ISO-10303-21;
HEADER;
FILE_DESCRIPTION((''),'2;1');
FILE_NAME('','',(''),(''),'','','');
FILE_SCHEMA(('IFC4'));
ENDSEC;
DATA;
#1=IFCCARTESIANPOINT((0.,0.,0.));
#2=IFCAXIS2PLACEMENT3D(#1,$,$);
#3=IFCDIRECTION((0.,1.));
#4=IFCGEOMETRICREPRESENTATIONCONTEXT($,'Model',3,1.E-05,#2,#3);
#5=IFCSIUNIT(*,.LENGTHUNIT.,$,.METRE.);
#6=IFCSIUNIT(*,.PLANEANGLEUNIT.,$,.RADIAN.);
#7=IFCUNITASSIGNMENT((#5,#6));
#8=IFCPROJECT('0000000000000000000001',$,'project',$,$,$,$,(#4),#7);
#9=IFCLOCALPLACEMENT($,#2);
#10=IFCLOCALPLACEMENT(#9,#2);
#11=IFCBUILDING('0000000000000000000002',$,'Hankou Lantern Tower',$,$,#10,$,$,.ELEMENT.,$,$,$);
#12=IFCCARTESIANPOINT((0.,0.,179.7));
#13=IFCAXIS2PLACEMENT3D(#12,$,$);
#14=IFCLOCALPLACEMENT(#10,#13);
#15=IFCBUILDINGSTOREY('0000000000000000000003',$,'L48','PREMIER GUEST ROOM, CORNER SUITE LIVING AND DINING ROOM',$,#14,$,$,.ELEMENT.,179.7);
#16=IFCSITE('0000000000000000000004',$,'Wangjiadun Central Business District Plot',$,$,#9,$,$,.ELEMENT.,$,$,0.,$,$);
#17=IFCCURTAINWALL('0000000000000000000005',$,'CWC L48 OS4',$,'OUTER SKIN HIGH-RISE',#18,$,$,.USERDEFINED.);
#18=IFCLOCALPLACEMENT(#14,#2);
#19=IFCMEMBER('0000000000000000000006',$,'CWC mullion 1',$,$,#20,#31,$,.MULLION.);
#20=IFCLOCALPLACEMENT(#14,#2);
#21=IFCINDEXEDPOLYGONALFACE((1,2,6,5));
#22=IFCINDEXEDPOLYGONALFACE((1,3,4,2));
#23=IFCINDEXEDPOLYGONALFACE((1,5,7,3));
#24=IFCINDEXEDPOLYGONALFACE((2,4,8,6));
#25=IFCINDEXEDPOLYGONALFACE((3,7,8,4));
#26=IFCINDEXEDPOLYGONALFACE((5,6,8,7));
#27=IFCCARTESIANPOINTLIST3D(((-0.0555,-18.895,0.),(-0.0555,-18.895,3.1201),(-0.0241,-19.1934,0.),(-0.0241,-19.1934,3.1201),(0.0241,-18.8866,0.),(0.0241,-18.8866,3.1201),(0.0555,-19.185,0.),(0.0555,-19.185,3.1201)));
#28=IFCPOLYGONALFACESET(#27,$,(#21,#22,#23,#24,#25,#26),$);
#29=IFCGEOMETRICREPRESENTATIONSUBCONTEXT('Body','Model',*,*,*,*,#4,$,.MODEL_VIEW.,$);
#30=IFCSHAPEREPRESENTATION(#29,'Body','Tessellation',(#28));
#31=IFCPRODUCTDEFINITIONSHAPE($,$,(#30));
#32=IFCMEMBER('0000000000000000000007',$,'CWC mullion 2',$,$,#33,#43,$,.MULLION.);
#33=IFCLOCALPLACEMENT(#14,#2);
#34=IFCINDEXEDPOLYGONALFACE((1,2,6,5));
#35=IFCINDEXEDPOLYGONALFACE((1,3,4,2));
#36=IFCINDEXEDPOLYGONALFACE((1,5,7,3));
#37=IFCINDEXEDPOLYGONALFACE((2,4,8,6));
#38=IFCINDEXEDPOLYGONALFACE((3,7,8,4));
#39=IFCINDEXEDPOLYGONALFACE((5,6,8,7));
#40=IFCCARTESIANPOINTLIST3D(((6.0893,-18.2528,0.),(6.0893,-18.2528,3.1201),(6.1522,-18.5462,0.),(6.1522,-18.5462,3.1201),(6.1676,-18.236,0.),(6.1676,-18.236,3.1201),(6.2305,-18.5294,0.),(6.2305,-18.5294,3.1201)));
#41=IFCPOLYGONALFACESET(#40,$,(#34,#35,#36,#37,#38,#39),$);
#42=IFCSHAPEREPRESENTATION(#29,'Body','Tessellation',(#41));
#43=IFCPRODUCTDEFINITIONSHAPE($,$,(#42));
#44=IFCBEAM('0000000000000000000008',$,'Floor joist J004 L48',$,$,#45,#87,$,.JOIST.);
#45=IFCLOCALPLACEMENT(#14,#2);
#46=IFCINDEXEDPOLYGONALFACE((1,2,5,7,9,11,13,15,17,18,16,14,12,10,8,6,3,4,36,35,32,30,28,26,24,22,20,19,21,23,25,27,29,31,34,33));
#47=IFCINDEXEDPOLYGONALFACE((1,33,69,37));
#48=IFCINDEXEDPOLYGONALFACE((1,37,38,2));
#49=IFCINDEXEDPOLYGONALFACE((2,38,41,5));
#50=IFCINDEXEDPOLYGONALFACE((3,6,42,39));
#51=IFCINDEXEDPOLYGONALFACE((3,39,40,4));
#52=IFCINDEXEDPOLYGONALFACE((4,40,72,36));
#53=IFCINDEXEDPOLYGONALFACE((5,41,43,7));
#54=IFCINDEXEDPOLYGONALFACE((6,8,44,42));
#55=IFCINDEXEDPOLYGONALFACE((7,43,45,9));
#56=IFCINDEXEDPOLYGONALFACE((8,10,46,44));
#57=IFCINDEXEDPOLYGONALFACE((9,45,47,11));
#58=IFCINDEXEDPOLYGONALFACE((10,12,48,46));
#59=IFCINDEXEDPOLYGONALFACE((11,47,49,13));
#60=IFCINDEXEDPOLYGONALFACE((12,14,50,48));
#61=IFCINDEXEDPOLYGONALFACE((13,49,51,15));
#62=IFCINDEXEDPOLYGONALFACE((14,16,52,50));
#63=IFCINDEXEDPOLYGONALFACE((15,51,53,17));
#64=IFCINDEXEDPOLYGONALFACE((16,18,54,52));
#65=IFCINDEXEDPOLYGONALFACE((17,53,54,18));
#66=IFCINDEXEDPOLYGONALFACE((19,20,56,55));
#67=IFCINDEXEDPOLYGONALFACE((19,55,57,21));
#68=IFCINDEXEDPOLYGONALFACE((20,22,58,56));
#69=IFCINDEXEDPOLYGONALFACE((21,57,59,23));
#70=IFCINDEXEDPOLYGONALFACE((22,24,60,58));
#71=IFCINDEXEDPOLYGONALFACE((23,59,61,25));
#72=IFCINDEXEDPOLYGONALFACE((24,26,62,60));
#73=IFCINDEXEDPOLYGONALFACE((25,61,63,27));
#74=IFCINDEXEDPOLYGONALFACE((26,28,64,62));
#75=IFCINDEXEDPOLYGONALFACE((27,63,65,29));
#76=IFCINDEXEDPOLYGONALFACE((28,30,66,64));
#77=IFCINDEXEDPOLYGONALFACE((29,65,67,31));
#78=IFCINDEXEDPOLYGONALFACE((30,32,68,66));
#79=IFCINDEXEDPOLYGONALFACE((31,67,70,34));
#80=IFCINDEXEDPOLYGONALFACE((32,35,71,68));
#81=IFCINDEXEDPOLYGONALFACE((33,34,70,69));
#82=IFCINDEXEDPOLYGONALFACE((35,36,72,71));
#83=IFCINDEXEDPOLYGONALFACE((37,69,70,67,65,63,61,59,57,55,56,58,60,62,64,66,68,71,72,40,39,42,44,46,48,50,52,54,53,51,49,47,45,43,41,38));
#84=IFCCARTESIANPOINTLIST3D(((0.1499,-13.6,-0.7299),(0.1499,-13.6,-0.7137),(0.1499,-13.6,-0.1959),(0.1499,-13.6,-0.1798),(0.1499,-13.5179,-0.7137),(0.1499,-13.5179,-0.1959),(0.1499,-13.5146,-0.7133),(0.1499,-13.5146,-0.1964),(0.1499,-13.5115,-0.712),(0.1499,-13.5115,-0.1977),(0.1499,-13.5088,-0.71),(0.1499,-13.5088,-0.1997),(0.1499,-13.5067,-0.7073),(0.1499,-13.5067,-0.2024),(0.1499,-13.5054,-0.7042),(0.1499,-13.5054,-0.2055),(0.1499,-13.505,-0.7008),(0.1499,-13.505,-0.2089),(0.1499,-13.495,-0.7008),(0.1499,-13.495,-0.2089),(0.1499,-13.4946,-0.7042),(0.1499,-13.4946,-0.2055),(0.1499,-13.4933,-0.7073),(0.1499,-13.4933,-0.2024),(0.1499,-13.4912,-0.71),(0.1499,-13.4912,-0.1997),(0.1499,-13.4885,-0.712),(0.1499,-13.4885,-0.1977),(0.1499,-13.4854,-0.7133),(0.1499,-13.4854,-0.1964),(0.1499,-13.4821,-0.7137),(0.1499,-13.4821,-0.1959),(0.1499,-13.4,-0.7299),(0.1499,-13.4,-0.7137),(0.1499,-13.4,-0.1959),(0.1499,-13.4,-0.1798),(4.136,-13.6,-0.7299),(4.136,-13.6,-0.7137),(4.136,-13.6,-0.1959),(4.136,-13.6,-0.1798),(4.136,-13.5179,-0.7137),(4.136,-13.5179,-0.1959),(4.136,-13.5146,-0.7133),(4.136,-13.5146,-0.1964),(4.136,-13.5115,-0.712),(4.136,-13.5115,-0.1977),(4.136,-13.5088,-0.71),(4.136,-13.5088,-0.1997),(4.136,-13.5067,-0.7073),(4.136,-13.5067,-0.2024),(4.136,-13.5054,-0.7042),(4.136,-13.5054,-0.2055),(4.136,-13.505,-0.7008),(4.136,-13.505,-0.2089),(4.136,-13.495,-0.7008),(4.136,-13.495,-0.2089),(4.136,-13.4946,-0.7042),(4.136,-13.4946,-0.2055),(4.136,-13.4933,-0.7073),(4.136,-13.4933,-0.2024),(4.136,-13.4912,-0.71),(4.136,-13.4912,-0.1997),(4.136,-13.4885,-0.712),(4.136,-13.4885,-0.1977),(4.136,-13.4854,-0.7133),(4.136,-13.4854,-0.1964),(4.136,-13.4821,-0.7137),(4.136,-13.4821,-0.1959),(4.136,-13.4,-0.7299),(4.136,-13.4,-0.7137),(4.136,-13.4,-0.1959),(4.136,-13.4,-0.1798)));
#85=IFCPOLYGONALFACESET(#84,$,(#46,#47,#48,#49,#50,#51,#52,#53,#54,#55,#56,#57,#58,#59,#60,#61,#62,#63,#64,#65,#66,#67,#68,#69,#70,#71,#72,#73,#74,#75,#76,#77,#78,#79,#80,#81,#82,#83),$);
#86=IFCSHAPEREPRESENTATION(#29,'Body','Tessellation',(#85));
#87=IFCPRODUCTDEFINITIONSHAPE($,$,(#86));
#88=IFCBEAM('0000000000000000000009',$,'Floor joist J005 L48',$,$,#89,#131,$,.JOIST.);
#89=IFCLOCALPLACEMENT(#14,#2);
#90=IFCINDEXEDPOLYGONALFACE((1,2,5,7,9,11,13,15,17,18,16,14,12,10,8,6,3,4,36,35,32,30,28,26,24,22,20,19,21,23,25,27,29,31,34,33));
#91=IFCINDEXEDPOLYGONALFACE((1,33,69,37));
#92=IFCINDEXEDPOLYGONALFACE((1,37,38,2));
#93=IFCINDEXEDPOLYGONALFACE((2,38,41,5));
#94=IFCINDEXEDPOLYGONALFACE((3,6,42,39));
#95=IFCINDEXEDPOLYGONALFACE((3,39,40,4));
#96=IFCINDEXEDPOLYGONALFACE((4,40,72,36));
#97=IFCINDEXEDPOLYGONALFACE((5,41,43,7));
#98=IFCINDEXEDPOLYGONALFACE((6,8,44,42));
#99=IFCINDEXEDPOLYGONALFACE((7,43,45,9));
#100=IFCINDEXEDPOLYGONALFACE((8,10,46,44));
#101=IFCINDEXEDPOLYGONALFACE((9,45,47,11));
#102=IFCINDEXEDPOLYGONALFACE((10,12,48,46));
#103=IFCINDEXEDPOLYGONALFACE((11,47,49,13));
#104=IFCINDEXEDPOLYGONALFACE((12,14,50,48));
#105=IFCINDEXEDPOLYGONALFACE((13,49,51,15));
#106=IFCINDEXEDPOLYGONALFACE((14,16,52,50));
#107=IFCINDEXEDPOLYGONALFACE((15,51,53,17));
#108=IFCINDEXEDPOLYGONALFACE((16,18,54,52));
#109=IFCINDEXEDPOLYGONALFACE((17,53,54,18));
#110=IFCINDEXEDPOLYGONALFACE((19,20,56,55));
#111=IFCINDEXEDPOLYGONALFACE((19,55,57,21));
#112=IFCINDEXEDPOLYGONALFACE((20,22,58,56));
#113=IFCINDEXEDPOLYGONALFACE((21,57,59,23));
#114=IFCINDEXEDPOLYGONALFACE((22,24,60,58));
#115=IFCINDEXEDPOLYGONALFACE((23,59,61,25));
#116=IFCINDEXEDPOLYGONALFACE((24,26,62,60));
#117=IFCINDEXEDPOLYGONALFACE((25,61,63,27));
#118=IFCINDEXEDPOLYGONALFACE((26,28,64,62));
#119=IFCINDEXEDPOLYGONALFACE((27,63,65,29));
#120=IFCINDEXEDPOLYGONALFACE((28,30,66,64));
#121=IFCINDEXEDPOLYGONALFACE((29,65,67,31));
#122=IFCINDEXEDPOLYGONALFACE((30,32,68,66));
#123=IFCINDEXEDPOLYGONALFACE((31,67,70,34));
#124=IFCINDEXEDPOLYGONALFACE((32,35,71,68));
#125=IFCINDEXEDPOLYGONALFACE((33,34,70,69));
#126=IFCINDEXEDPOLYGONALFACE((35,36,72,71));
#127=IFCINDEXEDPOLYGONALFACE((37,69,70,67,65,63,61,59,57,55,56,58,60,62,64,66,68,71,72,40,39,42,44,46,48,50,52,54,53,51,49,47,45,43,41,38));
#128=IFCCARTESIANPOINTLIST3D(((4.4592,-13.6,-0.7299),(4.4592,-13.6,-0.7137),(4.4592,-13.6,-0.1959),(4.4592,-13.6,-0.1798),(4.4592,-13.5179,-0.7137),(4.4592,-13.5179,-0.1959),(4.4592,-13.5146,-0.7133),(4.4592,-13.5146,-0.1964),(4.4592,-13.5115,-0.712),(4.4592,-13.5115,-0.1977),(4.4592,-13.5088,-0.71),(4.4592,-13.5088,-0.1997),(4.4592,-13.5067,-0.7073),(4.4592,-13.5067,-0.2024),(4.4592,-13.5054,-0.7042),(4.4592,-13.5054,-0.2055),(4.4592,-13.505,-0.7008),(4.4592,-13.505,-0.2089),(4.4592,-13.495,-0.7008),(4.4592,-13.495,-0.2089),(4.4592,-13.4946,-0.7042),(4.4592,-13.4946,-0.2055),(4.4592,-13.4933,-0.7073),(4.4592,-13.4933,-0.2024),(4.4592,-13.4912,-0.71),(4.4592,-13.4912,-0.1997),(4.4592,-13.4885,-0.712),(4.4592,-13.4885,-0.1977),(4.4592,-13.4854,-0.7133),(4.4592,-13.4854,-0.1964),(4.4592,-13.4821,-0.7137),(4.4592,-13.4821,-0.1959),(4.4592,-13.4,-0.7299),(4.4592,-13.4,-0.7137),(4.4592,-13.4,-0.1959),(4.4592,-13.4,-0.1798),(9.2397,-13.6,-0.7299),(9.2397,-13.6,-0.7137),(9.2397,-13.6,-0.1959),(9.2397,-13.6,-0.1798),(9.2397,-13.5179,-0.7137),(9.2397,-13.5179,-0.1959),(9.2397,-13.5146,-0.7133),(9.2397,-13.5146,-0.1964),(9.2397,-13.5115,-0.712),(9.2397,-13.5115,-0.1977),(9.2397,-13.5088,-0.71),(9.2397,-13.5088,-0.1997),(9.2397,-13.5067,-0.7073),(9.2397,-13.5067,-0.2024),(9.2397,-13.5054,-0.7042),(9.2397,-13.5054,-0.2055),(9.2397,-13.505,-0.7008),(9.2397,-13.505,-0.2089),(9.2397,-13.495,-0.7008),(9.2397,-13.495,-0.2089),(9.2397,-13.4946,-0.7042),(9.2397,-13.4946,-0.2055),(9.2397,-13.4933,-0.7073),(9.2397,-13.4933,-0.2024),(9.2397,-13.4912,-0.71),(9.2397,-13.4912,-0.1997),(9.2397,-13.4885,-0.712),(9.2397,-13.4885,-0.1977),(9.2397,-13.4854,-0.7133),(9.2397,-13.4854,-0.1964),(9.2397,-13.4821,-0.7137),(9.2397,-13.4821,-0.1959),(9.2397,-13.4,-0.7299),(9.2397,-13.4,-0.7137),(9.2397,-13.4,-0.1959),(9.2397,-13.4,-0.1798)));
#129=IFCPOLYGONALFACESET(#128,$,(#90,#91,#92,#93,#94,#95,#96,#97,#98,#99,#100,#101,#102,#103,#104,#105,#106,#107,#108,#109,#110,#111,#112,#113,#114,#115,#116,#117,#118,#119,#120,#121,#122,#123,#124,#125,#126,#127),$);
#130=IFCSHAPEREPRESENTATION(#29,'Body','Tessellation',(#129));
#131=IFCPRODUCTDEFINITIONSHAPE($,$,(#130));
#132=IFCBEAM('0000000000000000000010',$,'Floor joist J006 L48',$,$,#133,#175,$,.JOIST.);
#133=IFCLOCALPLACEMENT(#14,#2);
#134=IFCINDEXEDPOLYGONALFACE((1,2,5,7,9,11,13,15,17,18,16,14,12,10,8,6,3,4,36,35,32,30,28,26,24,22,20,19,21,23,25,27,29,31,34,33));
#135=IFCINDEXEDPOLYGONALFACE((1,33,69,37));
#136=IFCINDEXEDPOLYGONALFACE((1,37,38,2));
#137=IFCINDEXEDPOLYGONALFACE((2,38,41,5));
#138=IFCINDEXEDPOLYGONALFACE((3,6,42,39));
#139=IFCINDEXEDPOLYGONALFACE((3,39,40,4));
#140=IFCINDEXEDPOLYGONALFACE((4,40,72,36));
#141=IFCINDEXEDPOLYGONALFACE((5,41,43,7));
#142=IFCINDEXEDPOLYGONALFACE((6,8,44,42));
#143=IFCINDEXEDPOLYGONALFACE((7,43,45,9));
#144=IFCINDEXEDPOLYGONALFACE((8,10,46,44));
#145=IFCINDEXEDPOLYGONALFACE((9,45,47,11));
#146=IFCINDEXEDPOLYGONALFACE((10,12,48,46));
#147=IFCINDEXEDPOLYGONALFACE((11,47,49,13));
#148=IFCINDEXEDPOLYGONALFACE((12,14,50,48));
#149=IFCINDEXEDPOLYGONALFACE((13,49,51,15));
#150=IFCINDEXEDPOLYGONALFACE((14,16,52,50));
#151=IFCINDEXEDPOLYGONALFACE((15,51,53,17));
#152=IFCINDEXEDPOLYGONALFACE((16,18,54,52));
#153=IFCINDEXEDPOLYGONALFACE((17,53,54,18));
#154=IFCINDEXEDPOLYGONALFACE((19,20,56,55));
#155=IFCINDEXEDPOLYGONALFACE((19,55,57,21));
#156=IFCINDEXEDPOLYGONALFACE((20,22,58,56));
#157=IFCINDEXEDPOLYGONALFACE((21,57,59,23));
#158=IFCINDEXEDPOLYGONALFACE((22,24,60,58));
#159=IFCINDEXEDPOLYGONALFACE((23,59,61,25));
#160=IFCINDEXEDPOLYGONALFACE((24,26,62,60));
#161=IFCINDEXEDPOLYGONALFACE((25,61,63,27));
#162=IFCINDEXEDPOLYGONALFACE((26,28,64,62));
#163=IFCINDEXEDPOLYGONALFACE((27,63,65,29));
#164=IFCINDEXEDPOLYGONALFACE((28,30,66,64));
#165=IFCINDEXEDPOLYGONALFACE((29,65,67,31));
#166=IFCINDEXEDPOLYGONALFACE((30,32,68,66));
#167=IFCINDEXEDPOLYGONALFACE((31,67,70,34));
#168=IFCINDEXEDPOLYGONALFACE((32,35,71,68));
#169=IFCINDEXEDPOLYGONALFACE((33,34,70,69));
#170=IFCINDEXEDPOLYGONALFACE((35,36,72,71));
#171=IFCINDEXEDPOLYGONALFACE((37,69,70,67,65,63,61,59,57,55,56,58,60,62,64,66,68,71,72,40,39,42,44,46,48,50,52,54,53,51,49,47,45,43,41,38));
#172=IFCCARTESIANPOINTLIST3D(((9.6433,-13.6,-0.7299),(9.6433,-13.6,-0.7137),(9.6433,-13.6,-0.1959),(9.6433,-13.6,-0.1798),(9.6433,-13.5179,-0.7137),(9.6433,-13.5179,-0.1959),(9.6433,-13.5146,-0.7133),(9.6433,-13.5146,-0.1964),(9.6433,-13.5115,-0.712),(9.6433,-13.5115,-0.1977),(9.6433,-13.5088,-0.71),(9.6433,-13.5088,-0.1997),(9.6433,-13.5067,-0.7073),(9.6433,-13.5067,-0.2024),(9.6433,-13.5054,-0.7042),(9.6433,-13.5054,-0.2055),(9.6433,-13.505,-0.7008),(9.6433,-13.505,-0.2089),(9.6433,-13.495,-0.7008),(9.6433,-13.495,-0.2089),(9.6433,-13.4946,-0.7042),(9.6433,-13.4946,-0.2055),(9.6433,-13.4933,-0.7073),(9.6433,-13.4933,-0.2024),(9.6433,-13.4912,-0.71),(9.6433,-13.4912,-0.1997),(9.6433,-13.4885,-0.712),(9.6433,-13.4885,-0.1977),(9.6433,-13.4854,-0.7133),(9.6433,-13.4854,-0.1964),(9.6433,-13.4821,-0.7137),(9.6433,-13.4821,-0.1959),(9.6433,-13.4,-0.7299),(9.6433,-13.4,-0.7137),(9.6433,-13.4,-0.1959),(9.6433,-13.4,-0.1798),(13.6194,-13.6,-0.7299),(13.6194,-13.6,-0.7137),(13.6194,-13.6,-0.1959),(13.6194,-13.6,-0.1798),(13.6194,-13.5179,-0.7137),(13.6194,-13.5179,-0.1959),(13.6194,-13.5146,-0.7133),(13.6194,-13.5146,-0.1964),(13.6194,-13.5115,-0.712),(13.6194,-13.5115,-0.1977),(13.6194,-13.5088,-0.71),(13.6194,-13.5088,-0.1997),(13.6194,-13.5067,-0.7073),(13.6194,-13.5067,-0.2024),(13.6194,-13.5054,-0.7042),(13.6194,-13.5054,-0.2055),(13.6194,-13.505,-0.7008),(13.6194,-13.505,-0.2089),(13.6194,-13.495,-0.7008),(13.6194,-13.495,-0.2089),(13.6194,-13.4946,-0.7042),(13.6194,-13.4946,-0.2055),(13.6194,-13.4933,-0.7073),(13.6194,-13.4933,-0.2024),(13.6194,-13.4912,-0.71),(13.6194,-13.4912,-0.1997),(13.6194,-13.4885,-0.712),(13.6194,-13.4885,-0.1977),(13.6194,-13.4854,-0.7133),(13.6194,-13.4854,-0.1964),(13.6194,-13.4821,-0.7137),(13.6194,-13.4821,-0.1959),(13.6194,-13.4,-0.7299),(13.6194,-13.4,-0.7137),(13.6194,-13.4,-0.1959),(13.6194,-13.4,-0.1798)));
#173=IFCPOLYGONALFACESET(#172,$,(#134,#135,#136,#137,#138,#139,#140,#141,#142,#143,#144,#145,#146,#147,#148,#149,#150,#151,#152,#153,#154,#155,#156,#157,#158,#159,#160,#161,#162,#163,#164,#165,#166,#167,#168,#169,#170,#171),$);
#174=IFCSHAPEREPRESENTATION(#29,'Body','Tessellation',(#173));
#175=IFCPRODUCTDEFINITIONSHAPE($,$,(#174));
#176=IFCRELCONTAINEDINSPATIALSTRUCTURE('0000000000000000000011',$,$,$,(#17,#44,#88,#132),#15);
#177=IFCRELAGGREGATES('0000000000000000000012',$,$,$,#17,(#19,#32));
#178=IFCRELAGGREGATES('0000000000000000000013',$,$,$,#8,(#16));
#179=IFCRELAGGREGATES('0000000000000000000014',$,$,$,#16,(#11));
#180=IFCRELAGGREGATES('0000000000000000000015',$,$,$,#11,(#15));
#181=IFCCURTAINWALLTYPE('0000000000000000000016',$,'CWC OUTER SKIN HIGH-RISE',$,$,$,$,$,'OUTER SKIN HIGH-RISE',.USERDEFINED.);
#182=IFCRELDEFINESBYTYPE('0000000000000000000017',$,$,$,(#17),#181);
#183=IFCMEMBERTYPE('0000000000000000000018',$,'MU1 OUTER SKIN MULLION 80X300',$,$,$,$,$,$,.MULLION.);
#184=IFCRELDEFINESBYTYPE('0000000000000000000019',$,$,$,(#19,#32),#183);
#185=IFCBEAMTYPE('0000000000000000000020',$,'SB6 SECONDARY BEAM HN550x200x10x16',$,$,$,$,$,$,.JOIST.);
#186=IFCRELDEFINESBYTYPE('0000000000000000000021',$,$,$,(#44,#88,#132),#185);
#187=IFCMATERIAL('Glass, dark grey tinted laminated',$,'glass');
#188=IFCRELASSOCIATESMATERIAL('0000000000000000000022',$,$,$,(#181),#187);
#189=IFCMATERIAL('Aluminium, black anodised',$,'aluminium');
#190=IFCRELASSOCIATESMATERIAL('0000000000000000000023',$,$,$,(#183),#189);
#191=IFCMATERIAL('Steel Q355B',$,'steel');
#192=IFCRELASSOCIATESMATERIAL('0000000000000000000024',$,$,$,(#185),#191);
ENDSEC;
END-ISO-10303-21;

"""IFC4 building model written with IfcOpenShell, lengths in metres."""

from ifc_helpers import new_model, si_unit, direction, frame, origin, origin_2d, place, context, subcontext, project, spatial, rectangle, i_section, extrude, material, material_profile, profile_set, type_object, element, aggregate, save


model = new_model("IFC4")

# Units and contexts
model_context = context("Model", 3, precision=1e-05, world=origin(), true_north=direction((0.0, 1.0)))
body_context = subcontext(model_context, "Body", "Model", "MODEL_VIEW")
ifc_project = project(units=[si_unit("LENGTHUNIT", "METRE"), si_unit("PLANEANGLEUNIT", "RADIAN")], contexts=[model_context])

# Site, building, storey
site_placement = place(None, origin())
site = spatial("IfcSite", under=ifc_project, at=site_placement, Name="Wangjiadun Central Business District Plot", CompositionType="ELEMENT", RefElevation=0.0)
building_placement = place(site_placement, origin())
building = spatial("IfcBuilding", under=site, at=building_placement, Name="Hankou Lantern Tower", CompositionType="ELEMENT")
storey_placement = place(building_placement, frame((0.0, 0.0, 179.7)))
storey = spatial("IfcBuildingStorey", under=building, at=storey_placement, Name="L48", Description="PREMIER GUEST ROOM, CORNER SUITE LIVING AND DINING ROOM", CompositionType="ELEMENT", Elevation=179.7)

# Curtain wall, members
ifc_material_1 = material(Name="Glass, dark grey tinted laminated", Category="glass")
curtain_wall_type = type_object("IfcCurtainWallType", Name="CWC OUTER SKIN HIGH-RISE", ElementType="OUTER SKIN HIGH-RISE", PredefinedType="USERDEFINED", material=ifc_material_1)
curtain_wall_placement = place(storey_placement, origin())
curtain_wall = element("IfcCurtainWall", 1, at=curtain_wall_placement, inside=storey, type_object=curtain_wall_type, Name="CWC L48 OS4", ObjectType="OUTER SKIN HIGH-RISE", PredefinedType="USERDEFINED")
ifc_material_2 = material(Name="Aluminium, black anodised", Category="aluminium")
ifc_material_profile_1 = material_profile(ifc_material_2, rectangle(XDim=0.0801, YDim=0.3, at=origin_2d()), Name="MU1 80X300")
ifc_profile_set_1 = profile_set([ifc_material_profile_1], Name="Aluminium, black anodised")
member_type_1 = type_object("IfcMemberType", Name="MU1 OUTER SKIN MULLION 80X300", PredefinedType="MULLION", material=ifc_profile_set_1)
member_1_placement = place(storey_placement, frame((0.0, -19.04, 0.0), z_axis=(0.0, 0.0, 1.0), x_axis=(0.994499, 0.104743, 0.0)))
member_1 = element("IfcMember", 2, at=member_1_placement, type_object=member_type_1, Name="CWC mullion 1", PredefinedType="MULLION", context=body_context, shape_type="SweptSolid", body=[
    extrude(rectangle(XDim=0.0801, YDim=0.3, at=origin_2d()), origin(), (0.0, 0.0, 1.0), 3.1201),
])
member_2_placement = place(storey_placement, frame((6.1599, -18.3911, 0.0), z_axis=(0.0, 0.0, 1.0), x_axis=(0.977788, 0.209598, 0.0)))
member_2 = element("IfcMember", 3, at=member_2_placement, type_object=member_type_1, Name="CWC mullion 2", PredefinedType="MULLION", context=body_context, shape_type="SweptSolid", body=[
    extrude(rectangle(XDim=0.0801, YDim=0.3, at=origin_2d()), origin(), (0.0, 0.0, 1.0), 3.1201),
])

# Beams
ifc_material_3 = material(Name="Steel Q355B", Category="steel")
ifc_material_profile_2 = material_profile(ifc_material_3, i_section(OverallWidth=0.2, OverallDepth=0.55, WebThickness=0.01, FlangeThickness=0.0161, FilletRadius=0.0129, at=origin_2d()), Name="HN550x200x10x16")
ifc_profile_set_2 = profile_set([ifc_material_profile_2], Name="Steel Q355B")
beam_type_1 = type_object("IfcBeamType", Name="SB6 SECONDARY BEAM HN550x200x10x16", PredefinedType="JOIST", material=ifc_profile_set_2)
beam_1_placement = place(storey_placement, frame((0.1499, -13.5, -0.4548), z_axis=(1.0, 0.0, 0.0), x_axis=(0.0, 1.0, 0.0)))
element("IfcBeam", 4, at=beam_1_placement, inside=storey, type_object=beam_type_1, Name="Floor joist J004 L48", PredefinedType="JOIST", context=body_context, shape_type="SweptSolid", body=[
    extrude(i_section(OverallWidth=0.2, OverallDepth=0.55, WebThickness=0.01, FlangeThickness=0.0161, FilletRadius=0.0129, at=origin_2d()), origin(), (0.0, 0.0, 1.0), 3.9861),
])
beam_2_placement = place(storey_placement, frame((4.4592, -13.5, -0.4548), z_axis=(1.0, 0.0, 0.0), x_axis=(0.0, 1.0, 0.0)))
element("IfcBeam", 5, at=beam_2_placement, inside=storey, type_object=beam_type_1, Name="Floor joist J005 L48", PredefinedType="JOIST", context=body_context, shape_type="SweptSolid", body=[
    extrude(i_section(OverallWidth=0.2, OverallDepth=0.55, WebThickness=0.01, FlangeThickness=0.0161, FilletRadius=0.0129, at=origin_2d()), origin(), (0.0, 0.0, 1.0), 4.7805),
])
beam_3_placement = place(storey_placement, frame((9.6433, -13.5, -0.4548), z_axis=(1.0, 0.0, 0.0), x_axis=(0.0, 1.0, 0.0)))
element("IfcBeam", 6, at=beam_3_placement, inside=storey, type_object=beam_type_1, Name="Floor joist J006 L48", PredefinedType="JOIST", context=body_context, shape_type="SweptSolid", body=[
    extrude(i_section(OverallWidth=0.2, OverallDepth=0.55, WebThickness=0.01, FlangeThickness=0.0161, FilletRadius=0.0129, at=origin_2d()), origin(), (0.0, 0.0, 1.0), 3.9761),
])

aggregate(curtain_wall, [member_1, member_2])

save(model, "model.ifc")
